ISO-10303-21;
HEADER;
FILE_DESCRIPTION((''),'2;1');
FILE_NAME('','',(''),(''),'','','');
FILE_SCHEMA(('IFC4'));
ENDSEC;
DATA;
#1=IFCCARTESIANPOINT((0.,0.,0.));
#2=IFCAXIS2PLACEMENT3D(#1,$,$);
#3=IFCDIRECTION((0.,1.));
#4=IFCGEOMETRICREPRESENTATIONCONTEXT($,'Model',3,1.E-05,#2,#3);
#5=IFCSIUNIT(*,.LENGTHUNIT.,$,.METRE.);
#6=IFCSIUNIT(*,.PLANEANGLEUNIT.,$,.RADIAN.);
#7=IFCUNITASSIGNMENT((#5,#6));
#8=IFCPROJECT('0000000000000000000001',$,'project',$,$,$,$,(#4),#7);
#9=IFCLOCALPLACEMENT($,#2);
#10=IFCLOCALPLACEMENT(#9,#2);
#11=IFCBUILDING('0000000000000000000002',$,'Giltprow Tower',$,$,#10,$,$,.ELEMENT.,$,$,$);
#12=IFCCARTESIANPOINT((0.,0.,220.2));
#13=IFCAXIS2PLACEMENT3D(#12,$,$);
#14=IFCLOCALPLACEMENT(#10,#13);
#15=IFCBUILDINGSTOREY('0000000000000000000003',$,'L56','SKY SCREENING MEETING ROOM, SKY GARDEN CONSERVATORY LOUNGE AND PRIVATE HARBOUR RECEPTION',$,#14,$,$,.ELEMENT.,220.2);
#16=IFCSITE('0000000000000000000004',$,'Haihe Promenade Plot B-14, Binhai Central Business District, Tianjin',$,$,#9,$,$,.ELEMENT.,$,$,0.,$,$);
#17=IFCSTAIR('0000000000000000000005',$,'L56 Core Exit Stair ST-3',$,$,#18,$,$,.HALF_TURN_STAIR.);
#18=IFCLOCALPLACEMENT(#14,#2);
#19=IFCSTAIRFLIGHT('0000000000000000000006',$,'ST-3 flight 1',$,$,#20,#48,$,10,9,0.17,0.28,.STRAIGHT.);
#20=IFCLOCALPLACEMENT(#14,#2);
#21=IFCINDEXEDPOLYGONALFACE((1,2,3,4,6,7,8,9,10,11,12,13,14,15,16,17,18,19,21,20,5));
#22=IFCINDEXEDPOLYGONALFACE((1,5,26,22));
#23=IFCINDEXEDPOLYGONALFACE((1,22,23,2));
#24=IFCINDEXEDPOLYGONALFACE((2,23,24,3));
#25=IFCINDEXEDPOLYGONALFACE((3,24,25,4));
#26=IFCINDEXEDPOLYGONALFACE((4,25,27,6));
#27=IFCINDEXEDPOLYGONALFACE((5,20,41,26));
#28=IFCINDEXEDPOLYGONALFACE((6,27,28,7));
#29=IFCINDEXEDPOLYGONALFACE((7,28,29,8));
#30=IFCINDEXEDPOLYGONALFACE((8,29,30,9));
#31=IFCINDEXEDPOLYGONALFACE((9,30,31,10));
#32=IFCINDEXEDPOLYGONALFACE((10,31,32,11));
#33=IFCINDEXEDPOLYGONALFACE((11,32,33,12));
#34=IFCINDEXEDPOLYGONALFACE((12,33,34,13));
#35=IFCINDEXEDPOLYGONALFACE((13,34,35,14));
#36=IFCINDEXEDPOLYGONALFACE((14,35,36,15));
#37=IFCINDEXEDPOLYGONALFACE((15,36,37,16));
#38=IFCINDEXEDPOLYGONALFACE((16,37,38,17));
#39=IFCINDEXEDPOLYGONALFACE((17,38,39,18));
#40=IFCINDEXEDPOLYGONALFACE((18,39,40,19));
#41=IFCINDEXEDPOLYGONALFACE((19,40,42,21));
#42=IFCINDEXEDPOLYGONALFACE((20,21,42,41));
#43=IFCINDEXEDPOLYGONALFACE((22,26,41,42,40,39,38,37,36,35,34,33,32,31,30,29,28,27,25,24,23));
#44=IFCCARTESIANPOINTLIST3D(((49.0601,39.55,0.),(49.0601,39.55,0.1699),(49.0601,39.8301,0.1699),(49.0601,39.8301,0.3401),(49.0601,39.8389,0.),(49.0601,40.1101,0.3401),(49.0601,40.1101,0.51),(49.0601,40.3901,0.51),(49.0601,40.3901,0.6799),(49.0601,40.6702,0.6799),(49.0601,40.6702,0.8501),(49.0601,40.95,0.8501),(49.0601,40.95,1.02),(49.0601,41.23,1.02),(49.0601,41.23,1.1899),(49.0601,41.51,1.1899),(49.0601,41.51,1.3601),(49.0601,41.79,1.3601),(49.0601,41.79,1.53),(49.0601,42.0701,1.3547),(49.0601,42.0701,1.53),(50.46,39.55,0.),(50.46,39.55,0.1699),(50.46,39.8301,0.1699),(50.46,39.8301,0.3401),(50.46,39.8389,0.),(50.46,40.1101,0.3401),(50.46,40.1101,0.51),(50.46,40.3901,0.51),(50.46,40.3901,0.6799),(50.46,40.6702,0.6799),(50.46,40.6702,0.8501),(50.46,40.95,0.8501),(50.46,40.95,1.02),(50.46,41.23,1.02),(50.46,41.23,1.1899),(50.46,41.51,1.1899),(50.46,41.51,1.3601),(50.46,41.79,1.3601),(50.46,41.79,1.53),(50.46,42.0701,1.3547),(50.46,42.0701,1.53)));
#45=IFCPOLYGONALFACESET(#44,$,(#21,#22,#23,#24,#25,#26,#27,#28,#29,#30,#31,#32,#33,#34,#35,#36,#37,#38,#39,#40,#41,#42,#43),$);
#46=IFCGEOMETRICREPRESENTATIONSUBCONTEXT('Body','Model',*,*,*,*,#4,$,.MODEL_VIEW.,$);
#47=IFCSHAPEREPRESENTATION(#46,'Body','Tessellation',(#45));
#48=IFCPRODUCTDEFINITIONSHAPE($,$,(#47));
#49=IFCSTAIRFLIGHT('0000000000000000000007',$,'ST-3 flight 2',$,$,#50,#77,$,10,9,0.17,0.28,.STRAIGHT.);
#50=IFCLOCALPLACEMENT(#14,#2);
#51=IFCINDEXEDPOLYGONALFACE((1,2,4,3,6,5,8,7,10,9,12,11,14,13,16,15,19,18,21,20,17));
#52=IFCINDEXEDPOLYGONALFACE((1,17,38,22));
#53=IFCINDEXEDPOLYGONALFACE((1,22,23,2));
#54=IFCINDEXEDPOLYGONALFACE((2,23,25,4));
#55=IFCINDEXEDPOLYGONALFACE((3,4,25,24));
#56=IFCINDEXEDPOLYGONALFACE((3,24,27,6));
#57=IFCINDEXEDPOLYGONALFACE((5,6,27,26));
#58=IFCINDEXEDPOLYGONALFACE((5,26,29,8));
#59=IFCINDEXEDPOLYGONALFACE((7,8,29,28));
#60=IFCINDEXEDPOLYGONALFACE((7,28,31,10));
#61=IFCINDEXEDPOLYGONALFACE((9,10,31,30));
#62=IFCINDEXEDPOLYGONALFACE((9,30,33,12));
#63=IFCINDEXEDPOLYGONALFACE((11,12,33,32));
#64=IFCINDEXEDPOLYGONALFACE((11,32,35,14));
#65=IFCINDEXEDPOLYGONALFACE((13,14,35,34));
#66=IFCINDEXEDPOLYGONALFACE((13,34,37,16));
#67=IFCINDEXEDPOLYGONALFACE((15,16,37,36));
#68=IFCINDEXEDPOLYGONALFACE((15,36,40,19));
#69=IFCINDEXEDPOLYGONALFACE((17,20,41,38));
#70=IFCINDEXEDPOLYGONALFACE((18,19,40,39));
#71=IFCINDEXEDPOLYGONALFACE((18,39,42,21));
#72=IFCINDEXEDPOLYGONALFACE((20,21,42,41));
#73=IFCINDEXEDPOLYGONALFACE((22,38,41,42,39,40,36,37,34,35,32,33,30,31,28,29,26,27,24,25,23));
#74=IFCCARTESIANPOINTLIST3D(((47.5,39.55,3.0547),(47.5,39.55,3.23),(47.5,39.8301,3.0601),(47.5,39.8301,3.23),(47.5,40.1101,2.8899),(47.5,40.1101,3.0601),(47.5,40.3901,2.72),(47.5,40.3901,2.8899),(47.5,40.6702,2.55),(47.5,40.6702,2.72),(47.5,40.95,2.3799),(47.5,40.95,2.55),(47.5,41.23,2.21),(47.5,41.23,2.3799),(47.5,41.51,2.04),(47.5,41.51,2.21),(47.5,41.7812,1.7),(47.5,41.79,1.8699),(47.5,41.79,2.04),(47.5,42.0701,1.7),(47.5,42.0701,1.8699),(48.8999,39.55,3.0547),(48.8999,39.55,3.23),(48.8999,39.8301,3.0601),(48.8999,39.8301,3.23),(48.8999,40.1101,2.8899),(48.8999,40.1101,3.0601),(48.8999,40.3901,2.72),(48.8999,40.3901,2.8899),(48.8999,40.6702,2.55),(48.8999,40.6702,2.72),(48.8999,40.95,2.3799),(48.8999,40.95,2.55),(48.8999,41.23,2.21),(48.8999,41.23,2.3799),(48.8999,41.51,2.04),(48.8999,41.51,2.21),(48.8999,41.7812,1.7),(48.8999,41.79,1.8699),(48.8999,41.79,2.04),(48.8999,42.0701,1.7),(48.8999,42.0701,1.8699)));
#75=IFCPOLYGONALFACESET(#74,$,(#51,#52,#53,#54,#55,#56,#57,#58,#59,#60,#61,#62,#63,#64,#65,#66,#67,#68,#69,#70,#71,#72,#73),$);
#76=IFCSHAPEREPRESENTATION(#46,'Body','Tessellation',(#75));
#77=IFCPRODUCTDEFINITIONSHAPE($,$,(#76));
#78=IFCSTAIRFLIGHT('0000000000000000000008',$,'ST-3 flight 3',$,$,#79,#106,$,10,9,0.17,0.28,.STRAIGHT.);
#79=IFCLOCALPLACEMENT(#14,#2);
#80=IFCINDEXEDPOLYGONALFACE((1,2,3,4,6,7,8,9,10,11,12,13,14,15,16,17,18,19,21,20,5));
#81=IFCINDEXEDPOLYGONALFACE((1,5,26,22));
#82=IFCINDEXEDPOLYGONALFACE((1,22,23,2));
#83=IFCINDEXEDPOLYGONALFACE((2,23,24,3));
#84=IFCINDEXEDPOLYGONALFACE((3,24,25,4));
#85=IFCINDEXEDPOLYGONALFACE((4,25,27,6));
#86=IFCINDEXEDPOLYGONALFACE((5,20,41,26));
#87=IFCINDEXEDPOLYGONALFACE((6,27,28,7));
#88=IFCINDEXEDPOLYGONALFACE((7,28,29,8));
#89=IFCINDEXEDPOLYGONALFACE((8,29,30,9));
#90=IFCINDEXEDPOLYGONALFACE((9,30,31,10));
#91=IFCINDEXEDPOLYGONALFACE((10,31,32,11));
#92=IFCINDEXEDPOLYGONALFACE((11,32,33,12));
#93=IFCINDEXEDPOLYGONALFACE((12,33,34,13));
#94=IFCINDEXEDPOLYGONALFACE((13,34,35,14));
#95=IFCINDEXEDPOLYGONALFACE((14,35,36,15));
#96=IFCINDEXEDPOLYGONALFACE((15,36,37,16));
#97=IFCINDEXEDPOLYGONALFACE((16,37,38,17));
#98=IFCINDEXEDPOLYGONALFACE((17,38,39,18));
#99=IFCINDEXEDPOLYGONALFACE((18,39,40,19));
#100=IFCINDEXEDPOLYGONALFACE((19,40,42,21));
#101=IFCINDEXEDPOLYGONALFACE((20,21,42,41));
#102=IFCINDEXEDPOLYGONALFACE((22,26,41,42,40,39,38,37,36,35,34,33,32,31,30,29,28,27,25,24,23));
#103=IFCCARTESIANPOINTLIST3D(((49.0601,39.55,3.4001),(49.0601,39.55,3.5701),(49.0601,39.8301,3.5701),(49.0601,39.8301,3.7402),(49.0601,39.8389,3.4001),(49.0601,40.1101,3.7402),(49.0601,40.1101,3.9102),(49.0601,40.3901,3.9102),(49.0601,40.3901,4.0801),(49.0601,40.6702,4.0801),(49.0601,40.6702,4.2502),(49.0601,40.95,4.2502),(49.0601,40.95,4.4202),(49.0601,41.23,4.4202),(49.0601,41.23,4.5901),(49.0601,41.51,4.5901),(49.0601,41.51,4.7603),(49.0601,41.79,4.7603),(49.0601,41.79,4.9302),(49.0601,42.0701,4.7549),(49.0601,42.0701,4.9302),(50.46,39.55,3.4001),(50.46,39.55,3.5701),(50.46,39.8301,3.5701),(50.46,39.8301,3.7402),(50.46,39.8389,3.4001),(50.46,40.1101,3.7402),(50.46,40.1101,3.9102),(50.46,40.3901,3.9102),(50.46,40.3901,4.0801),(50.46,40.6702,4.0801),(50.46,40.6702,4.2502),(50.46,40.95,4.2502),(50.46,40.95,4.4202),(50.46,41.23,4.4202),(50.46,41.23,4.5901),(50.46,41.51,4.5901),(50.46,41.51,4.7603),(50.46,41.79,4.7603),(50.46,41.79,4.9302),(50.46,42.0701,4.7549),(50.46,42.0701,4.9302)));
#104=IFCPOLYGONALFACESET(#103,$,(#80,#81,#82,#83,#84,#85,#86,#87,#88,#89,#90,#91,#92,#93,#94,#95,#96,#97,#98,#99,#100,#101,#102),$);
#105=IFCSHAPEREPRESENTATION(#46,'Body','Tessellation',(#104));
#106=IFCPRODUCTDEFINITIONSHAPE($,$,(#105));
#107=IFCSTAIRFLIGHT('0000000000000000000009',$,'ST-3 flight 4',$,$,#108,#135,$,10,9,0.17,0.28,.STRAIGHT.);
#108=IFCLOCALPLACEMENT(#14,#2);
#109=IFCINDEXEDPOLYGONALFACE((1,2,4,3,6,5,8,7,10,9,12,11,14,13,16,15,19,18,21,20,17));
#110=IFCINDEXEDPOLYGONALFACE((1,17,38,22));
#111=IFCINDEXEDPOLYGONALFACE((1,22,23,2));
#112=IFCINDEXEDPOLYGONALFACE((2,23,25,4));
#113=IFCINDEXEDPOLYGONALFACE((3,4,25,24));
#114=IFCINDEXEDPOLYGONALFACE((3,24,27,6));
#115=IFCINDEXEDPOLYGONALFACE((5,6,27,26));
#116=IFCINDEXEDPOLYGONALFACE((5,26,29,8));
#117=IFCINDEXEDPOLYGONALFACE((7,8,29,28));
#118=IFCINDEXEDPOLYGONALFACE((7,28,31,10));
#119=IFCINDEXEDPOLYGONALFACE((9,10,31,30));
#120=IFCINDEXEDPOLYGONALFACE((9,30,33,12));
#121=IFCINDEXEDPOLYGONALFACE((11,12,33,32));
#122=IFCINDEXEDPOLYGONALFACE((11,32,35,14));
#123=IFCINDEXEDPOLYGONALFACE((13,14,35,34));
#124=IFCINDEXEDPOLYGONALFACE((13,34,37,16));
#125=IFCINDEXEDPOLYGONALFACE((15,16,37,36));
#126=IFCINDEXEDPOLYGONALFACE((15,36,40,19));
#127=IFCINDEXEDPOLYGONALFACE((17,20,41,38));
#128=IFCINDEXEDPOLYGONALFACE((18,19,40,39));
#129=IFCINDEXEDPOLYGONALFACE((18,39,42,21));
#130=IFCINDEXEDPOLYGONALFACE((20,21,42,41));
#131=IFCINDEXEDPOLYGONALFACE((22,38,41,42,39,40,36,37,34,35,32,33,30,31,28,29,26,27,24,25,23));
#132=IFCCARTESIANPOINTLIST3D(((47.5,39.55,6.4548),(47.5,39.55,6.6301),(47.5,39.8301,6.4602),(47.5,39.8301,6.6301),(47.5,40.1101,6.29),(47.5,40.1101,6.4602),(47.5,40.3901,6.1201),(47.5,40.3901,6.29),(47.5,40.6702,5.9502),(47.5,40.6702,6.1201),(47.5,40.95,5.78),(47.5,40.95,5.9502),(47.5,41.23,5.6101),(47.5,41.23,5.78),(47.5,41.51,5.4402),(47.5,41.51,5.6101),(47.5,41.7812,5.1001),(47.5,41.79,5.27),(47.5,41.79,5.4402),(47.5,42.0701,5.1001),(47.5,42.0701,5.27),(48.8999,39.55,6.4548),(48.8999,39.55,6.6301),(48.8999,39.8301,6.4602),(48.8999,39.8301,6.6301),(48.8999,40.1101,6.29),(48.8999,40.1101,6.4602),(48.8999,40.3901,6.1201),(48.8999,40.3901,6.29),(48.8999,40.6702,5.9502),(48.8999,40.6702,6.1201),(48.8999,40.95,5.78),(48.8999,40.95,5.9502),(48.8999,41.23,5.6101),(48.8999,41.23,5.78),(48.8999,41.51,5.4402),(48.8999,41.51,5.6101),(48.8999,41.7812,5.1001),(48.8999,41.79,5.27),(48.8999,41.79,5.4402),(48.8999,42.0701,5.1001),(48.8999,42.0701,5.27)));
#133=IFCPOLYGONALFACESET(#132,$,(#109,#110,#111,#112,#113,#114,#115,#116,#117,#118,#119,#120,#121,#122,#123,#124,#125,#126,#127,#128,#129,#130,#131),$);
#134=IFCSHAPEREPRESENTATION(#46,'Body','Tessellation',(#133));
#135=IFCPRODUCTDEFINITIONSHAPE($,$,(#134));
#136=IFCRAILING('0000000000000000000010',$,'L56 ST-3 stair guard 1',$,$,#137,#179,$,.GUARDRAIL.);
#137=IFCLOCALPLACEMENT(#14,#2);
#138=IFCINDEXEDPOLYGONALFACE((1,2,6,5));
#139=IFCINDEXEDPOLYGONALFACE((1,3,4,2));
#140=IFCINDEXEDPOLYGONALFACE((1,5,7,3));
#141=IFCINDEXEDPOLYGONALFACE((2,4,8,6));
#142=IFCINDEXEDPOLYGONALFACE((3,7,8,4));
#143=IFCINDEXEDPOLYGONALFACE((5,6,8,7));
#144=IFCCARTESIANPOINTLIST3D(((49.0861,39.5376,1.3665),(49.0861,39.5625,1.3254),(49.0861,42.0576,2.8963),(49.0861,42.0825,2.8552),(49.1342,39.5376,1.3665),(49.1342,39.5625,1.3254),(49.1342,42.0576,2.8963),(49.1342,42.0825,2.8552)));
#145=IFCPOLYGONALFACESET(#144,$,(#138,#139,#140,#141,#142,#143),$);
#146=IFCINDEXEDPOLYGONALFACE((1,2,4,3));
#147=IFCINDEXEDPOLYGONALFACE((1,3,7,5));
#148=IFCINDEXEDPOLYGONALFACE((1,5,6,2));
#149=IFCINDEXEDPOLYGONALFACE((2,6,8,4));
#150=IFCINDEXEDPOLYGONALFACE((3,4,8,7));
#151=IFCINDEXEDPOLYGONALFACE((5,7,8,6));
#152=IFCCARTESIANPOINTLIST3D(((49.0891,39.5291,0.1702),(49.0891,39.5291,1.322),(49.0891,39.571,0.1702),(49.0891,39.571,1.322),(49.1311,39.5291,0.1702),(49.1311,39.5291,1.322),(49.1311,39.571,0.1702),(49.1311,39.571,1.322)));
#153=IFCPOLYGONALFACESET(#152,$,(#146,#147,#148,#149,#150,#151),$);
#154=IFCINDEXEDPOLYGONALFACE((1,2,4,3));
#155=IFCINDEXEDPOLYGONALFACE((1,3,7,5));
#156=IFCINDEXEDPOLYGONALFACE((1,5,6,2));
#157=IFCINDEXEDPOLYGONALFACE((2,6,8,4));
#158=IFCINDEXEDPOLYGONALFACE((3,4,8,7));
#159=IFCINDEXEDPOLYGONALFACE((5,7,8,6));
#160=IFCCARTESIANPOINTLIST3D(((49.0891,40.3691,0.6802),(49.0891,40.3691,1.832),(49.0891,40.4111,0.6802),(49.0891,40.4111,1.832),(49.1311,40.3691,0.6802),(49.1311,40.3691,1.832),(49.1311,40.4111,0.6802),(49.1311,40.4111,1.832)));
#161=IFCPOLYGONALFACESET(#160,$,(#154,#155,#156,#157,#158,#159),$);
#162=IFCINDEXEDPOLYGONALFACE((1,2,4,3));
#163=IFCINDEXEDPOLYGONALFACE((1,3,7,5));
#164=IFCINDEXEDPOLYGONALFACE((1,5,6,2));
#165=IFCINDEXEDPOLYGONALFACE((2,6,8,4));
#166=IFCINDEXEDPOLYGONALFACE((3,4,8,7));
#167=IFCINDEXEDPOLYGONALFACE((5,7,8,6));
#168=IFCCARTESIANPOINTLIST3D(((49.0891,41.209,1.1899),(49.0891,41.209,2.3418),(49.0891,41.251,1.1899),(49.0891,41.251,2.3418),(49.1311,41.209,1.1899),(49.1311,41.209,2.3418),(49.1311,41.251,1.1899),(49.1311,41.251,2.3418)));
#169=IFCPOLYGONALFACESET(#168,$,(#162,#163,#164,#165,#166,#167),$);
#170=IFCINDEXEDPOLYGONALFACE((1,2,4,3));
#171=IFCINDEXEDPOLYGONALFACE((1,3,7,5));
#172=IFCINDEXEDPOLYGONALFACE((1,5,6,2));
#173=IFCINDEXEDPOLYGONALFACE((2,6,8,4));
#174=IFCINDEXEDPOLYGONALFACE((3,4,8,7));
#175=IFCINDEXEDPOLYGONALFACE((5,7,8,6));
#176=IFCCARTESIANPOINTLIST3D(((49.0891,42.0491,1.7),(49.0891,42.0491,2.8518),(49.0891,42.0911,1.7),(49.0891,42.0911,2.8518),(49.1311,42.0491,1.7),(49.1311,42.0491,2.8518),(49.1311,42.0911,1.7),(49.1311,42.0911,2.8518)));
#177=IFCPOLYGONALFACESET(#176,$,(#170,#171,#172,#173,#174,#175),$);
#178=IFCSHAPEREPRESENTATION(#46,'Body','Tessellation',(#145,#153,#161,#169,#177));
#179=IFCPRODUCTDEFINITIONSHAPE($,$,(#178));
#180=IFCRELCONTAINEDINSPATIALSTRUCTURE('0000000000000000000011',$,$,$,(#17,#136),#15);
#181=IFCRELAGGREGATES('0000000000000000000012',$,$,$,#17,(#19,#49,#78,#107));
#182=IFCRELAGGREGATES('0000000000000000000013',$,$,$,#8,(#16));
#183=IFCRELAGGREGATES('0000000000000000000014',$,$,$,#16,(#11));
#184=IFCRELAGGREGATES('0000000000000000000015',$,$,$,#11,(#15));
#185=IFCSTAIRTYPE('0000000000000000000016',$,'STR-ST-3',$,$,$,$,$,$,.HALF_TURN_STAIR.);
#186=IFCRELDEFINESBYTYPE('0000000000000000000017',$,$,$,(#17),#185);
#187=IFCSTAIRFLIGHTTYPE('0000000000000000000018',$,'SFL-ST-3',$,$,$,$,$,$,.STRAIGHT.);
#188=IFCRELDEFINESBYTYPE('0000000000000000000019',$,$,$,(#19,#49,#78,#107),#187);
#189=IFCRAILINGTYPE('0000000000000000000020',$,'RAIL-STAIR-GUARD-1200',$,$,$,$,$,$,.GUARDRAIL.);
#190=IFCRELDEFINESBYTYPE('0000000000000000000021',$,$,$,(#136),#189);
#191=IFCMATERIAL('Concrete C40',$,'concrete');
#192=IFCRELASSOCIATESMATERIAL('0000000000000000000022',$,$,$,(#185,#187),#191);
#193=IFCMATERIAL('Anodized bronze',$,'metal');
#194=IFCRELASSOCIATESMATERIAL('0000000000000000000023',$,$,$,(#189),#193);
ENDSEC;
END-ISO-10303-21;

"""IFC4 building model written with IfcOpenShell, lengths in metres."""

from ifc_helpers import new_model, si_unit, direction, frame, origin, origin_2d, place, context, subcontext, project, spatial, polyline, rectangle, outline, extrude, material, type_object, element, aggregate, save


model = new_model("IFC4")

# Units and contexts
model_context = context("Model", 3, precision=1e-05, world=origin(), true_north=direction((0.0, 1.0)))
body_context = subcontext(model_context, "Body", "Model", "MODEL_VIEW")
ifc_project = project(units=[si_unit("LENGTHUNIT", "METRE"), si_unit("PLANEANGLEUNIT", "RADIAN")], contexts=[model_context])

# Site, building, storey
site_placement = place(None, origin())
site = spatial("IfcSite", under=ifc_project, at=site_placement, Name="Haihe Promenade Plot B-14, Binhai Central Business District, Tianjin", CompositionType="ELEMENT", RefElevation=0.0)
building_placement = place(site_placement, origin())
building = spatial("IfcBuilding", under=site, at=building_placement, Name="Giltprow Tower", CompositionType="ELEMENT")
storey_placement = place(building_placement, frame((0.0, 0.0, 220.2)))
storey = spatial("IfcBuildingStorey", under=building, at=storey_placement, Name="L56", Description="SKY SCREENING MEETING ROOM, SKY GARDEN CONSERVATORY LOUNGE AND PRIVATE HARBOUR RECEPTION", CompositionType="ELEMENT", Elevation=220.2)

# Stair, stair flights
ifc_material_1 = material(Name="Concrete C40", Category="concrete")
stair_type = type_object("IfcStairType", Name="STR-ST-3", PredefinedType="HALF_TURN_STAIR", material=ifc_material_1)
stair_placement = place(storey_placement, origin())
stair = element("IfcStair", 1, at=stair_placement, inside=storey, type_object=stair_type, Name="L56 Core Exit Stair ST-3", PredefinedType="HALF_TURN_STAIR")
stair_flight_type = type_object("IfcStairFlightType", Name="SFL-ST-3", PredefinedType="STRAIGHT", material=ifc_material_1)
stair_flight_1_placement = place(storey_placement, frame((49.76, 39.55, 0.0), z_axis=(0.0, 0.0, 1.0), x_axis=(0.0, 1.0, 0.0)))
stair_flight_1 = element("IfcStairFlight", 2, at=stair_flight_1_placement, type_object=stair_flight_type, Name="ST-3 flight 1", NumberOfRisers=10, NumberOfTreads=9, PredefinedType="STRAIGHT", RiserHeight=0.17, TreadLength=0.28, context=body_context, shape_type="SweptSolid", body=[
    extrude(outline(polyline([(0.0, 0.0), (0.0, 0.1699), (0.28, 0.1699), (0.28, 0.3401), (0.5601, 0.3401), (0.5601, 0.51), (0.8401, 0.51), (0.8401, 0.6799), (1.1201, 0.6799), (1.1201, 0.8501), (1.3999, 0.8501), (1.3999, 1.02), (1.6799, 1.02), (1.6799, 1.1899), (1.96, 1.1899), (1.96, 1.3601), (2.24, 1.3601), (2.24, 1.53), (2.52, 1.53), (2.52, 1.7), (2.52, 1.3547), (0.2888, 0.0), (0.0, 0.0)])), frame((0.0, 0.7, 0.0), z_axis=(0.0, -1.0, 0.0), x_axis=(1.0, 0.0, 0.0)), (0.0, 0.0, 1.0), 1.3999),
])
stair_flight_2_placement = place(storey_placement, frame((48.2, 42.0701, 1.7), z_axis=(0.0, 0.0, 1.0), x_axis=(0.0, -1.0, 0.0)))
stair_flight_2 = element("IfcStairFlight", 3, at=stair_flight_2_placement, type_object=stair_flight_type, Name="ST-3 flight 2", NumberOfRisers=10, NumberOfTreads=9, PredefinedType="STRAIGHT", RiserHeight=0.17, TreadLength=0.28, context=body_context, shape_type="SweptSolid", body=[
    extrude(outline(polyline([(0.0, 0.0), (0.0, 0.1699), (0.28, 0.1699), (0.28, 0.3401), (0.5601, 0.3401), (0.5601, 0.51), (0.8401, 0.51), (0.8401, 0.6799), (1.1201, 0.6799), (1.1201, 0.8501), (1.3999, 0.8501), (1.3999, 1.02), (1.6799, 1.02), (1.6799, 1.1899), (1.96, 1.1899), (1.96, 1.3601), (2.24, 1.3601), (2.24, 1.53), (2.52, 1.53), (2.52, 1.7), (2.52, 1.3547), (0.2888, 0.0), (0.0, 0.0)])), frame((0.0, 0.7, 0.0), z_axis=(0.0, -1.0, 0.0), x_axis=(1.0, 0.0, 0.0)), (0.0, 0.0, 1.0), 1.3999),
])
stair_flight_3_placement = place(storey_placement, frame((49.76, 39.55, 3.4001), z_axis=(0.0, 0.0, 1.0), x_axis=(0.0, 1.0, 0.0)))
stair_flight_3 = element("IfcStairFlight", 4, at=stair_flight_3_placement, type_object=stair_flight_type, Name="ST-3 flight 3", NumberOfRisers=10, NumberOfTreads=9, PredefinedType="STRAIGHT", RiserHeight=0.17, TreadLength=0.28, context=body_context, shape_type="SweptSolid", body=[
    extrude(outline(polyline([(0.0, 0.0), (0.0, 0.1699), (0.28, 0.1699), (0.28, 0.3401), (0.5601, 0.3401), (0.5601, 0.51), (0.8401, 0.51), (0.8401, 0.6799), (1.1201, 0.6799), (1.1201, 0.8501), (1.3999, 0.8501), (1.3999, 1.02), (1.6799, 1.02), (1.6799, 1.1899), (1.96, 1.1899), (1.96, 1.3601), (2.24, 1.3601), (2.24, 1.53), (2.52, 1.53), (2.52, 1.7), (2.52, 1.3547), (0.2888, 0.0), (0.0, 0.0)])), frame((0.0, 0.7, 0.0), z_axis=(0.0, -1.0, 0.0), x_axis=(1.0, 0.0, 0.0)), (0.0, 0.0, 1.0), 1.3999),
])
stair_flight_4_placement = place(storey_placement, frame((48.2, 42.0701, 5.1001), z_axis=(0.0, 0.0, 1.0), x_axis=(0.0, -1.0, 0.0)))
stair_flight_4 = element("IfcStairFlight", 5, at=stair_flight_4_placement, type_object=stair_flight_type, Name="ST-3 flight 4", NumberOfRisers=10, NumberOfTreads=9, PredefinedType="STRAIGHT", RiserHeight=0.17, TreadLength=0.28, context=body_context, shape_type="SweptSolid", body=[
    extrude(outline(polyline([(0.0, 0.0), (0.0, 0.1699), (0.28, 0.1699), (0.28, 0.3401), (0.5601, 0.3401), (0.5601, 0.51), (0.8401, 0.51), (0.8401, 0.6799), (1.1201, 0.6799), (1.1201, 0.8501), (1.3999, 0.8501), (1.3999, 1.02), (1.6799, 1.02), (1.6799, 1.1899), (1.96, 1.1899), (1.96, 1.3601), (2.24, 1.3601), (2.24, 1.53), (2.52, 1.53), (2.52, 1.7), (2.52, 1.3547), (0.2888, 0.0), (0.0, 0.0)])), frame((0.0, 0.7, 0.0), z_axis=(0.0, -1.0, 0.0), x_axis=(1.0, 0.0, 0.0)), (0.0, 0.0, 1.0), 1.3999),
])
aggregate(stair, [stair_flight_1, stair_flight_2, stair_flight_3, stair_flight_4])

# Railing
ifc_material_2 = material(Name="Anodized bronze", Category="metal")
railing_type_1 = type_object("IfcRailingType", Name="RAIL-STAIR-GUARD-1200", PredefinedType="GUARDRAIL", material=ifc_material_2)
railing_1_placement = place(storey_placement, frame((49.1101, 39.55, 0.1702)))
element("IfcRailing", 6, at=railing_1_placement, inside=storey, type_object=railing_type_1, Name="L56 ST-3 stair guard 1", PredefinedType="GUARDRAIL", context=body_context, shape_type="SweptSolid", body=[
    extrude(rectangle(XDim=0.0481, YDim=0.0481, at=origin_2d()), frame((0.0, 0.0, 1.1758), z_axis=(0.0, 0.854822, 0.518922), x_axis=(-1.0, 0.0, 0.0)), (0.0, 0.0, 1.0), 2.948),
    extrude(rectangle(XDim=0.042, YDim=0.042, at=origin_2d()), origin(), (0.0, 0.0, 1.0), 1.1519),
    extrude(rectangle(XDim=0.042, YDim=0.042, at=origin_2d()), frame((0.0, 0.8401, 0.51)), (0.0, 0.0, 1.0), 1.1519),
    extrude(rectangle(XDim=0.042, YDim=0.042, at=origin_2d()), frame((0.0, 1.6799, 1.0198)), (0.0, 0.0, 1.0), 1.1519),
    extrude(rectangle(XDim=0.042, YDim=0.042, at=origin_2d()), frame((0.0, 2.52, 1.5298)), (0.0, 0.0, 1.0), 1.1519),
])

save(model, "model.ifc")
